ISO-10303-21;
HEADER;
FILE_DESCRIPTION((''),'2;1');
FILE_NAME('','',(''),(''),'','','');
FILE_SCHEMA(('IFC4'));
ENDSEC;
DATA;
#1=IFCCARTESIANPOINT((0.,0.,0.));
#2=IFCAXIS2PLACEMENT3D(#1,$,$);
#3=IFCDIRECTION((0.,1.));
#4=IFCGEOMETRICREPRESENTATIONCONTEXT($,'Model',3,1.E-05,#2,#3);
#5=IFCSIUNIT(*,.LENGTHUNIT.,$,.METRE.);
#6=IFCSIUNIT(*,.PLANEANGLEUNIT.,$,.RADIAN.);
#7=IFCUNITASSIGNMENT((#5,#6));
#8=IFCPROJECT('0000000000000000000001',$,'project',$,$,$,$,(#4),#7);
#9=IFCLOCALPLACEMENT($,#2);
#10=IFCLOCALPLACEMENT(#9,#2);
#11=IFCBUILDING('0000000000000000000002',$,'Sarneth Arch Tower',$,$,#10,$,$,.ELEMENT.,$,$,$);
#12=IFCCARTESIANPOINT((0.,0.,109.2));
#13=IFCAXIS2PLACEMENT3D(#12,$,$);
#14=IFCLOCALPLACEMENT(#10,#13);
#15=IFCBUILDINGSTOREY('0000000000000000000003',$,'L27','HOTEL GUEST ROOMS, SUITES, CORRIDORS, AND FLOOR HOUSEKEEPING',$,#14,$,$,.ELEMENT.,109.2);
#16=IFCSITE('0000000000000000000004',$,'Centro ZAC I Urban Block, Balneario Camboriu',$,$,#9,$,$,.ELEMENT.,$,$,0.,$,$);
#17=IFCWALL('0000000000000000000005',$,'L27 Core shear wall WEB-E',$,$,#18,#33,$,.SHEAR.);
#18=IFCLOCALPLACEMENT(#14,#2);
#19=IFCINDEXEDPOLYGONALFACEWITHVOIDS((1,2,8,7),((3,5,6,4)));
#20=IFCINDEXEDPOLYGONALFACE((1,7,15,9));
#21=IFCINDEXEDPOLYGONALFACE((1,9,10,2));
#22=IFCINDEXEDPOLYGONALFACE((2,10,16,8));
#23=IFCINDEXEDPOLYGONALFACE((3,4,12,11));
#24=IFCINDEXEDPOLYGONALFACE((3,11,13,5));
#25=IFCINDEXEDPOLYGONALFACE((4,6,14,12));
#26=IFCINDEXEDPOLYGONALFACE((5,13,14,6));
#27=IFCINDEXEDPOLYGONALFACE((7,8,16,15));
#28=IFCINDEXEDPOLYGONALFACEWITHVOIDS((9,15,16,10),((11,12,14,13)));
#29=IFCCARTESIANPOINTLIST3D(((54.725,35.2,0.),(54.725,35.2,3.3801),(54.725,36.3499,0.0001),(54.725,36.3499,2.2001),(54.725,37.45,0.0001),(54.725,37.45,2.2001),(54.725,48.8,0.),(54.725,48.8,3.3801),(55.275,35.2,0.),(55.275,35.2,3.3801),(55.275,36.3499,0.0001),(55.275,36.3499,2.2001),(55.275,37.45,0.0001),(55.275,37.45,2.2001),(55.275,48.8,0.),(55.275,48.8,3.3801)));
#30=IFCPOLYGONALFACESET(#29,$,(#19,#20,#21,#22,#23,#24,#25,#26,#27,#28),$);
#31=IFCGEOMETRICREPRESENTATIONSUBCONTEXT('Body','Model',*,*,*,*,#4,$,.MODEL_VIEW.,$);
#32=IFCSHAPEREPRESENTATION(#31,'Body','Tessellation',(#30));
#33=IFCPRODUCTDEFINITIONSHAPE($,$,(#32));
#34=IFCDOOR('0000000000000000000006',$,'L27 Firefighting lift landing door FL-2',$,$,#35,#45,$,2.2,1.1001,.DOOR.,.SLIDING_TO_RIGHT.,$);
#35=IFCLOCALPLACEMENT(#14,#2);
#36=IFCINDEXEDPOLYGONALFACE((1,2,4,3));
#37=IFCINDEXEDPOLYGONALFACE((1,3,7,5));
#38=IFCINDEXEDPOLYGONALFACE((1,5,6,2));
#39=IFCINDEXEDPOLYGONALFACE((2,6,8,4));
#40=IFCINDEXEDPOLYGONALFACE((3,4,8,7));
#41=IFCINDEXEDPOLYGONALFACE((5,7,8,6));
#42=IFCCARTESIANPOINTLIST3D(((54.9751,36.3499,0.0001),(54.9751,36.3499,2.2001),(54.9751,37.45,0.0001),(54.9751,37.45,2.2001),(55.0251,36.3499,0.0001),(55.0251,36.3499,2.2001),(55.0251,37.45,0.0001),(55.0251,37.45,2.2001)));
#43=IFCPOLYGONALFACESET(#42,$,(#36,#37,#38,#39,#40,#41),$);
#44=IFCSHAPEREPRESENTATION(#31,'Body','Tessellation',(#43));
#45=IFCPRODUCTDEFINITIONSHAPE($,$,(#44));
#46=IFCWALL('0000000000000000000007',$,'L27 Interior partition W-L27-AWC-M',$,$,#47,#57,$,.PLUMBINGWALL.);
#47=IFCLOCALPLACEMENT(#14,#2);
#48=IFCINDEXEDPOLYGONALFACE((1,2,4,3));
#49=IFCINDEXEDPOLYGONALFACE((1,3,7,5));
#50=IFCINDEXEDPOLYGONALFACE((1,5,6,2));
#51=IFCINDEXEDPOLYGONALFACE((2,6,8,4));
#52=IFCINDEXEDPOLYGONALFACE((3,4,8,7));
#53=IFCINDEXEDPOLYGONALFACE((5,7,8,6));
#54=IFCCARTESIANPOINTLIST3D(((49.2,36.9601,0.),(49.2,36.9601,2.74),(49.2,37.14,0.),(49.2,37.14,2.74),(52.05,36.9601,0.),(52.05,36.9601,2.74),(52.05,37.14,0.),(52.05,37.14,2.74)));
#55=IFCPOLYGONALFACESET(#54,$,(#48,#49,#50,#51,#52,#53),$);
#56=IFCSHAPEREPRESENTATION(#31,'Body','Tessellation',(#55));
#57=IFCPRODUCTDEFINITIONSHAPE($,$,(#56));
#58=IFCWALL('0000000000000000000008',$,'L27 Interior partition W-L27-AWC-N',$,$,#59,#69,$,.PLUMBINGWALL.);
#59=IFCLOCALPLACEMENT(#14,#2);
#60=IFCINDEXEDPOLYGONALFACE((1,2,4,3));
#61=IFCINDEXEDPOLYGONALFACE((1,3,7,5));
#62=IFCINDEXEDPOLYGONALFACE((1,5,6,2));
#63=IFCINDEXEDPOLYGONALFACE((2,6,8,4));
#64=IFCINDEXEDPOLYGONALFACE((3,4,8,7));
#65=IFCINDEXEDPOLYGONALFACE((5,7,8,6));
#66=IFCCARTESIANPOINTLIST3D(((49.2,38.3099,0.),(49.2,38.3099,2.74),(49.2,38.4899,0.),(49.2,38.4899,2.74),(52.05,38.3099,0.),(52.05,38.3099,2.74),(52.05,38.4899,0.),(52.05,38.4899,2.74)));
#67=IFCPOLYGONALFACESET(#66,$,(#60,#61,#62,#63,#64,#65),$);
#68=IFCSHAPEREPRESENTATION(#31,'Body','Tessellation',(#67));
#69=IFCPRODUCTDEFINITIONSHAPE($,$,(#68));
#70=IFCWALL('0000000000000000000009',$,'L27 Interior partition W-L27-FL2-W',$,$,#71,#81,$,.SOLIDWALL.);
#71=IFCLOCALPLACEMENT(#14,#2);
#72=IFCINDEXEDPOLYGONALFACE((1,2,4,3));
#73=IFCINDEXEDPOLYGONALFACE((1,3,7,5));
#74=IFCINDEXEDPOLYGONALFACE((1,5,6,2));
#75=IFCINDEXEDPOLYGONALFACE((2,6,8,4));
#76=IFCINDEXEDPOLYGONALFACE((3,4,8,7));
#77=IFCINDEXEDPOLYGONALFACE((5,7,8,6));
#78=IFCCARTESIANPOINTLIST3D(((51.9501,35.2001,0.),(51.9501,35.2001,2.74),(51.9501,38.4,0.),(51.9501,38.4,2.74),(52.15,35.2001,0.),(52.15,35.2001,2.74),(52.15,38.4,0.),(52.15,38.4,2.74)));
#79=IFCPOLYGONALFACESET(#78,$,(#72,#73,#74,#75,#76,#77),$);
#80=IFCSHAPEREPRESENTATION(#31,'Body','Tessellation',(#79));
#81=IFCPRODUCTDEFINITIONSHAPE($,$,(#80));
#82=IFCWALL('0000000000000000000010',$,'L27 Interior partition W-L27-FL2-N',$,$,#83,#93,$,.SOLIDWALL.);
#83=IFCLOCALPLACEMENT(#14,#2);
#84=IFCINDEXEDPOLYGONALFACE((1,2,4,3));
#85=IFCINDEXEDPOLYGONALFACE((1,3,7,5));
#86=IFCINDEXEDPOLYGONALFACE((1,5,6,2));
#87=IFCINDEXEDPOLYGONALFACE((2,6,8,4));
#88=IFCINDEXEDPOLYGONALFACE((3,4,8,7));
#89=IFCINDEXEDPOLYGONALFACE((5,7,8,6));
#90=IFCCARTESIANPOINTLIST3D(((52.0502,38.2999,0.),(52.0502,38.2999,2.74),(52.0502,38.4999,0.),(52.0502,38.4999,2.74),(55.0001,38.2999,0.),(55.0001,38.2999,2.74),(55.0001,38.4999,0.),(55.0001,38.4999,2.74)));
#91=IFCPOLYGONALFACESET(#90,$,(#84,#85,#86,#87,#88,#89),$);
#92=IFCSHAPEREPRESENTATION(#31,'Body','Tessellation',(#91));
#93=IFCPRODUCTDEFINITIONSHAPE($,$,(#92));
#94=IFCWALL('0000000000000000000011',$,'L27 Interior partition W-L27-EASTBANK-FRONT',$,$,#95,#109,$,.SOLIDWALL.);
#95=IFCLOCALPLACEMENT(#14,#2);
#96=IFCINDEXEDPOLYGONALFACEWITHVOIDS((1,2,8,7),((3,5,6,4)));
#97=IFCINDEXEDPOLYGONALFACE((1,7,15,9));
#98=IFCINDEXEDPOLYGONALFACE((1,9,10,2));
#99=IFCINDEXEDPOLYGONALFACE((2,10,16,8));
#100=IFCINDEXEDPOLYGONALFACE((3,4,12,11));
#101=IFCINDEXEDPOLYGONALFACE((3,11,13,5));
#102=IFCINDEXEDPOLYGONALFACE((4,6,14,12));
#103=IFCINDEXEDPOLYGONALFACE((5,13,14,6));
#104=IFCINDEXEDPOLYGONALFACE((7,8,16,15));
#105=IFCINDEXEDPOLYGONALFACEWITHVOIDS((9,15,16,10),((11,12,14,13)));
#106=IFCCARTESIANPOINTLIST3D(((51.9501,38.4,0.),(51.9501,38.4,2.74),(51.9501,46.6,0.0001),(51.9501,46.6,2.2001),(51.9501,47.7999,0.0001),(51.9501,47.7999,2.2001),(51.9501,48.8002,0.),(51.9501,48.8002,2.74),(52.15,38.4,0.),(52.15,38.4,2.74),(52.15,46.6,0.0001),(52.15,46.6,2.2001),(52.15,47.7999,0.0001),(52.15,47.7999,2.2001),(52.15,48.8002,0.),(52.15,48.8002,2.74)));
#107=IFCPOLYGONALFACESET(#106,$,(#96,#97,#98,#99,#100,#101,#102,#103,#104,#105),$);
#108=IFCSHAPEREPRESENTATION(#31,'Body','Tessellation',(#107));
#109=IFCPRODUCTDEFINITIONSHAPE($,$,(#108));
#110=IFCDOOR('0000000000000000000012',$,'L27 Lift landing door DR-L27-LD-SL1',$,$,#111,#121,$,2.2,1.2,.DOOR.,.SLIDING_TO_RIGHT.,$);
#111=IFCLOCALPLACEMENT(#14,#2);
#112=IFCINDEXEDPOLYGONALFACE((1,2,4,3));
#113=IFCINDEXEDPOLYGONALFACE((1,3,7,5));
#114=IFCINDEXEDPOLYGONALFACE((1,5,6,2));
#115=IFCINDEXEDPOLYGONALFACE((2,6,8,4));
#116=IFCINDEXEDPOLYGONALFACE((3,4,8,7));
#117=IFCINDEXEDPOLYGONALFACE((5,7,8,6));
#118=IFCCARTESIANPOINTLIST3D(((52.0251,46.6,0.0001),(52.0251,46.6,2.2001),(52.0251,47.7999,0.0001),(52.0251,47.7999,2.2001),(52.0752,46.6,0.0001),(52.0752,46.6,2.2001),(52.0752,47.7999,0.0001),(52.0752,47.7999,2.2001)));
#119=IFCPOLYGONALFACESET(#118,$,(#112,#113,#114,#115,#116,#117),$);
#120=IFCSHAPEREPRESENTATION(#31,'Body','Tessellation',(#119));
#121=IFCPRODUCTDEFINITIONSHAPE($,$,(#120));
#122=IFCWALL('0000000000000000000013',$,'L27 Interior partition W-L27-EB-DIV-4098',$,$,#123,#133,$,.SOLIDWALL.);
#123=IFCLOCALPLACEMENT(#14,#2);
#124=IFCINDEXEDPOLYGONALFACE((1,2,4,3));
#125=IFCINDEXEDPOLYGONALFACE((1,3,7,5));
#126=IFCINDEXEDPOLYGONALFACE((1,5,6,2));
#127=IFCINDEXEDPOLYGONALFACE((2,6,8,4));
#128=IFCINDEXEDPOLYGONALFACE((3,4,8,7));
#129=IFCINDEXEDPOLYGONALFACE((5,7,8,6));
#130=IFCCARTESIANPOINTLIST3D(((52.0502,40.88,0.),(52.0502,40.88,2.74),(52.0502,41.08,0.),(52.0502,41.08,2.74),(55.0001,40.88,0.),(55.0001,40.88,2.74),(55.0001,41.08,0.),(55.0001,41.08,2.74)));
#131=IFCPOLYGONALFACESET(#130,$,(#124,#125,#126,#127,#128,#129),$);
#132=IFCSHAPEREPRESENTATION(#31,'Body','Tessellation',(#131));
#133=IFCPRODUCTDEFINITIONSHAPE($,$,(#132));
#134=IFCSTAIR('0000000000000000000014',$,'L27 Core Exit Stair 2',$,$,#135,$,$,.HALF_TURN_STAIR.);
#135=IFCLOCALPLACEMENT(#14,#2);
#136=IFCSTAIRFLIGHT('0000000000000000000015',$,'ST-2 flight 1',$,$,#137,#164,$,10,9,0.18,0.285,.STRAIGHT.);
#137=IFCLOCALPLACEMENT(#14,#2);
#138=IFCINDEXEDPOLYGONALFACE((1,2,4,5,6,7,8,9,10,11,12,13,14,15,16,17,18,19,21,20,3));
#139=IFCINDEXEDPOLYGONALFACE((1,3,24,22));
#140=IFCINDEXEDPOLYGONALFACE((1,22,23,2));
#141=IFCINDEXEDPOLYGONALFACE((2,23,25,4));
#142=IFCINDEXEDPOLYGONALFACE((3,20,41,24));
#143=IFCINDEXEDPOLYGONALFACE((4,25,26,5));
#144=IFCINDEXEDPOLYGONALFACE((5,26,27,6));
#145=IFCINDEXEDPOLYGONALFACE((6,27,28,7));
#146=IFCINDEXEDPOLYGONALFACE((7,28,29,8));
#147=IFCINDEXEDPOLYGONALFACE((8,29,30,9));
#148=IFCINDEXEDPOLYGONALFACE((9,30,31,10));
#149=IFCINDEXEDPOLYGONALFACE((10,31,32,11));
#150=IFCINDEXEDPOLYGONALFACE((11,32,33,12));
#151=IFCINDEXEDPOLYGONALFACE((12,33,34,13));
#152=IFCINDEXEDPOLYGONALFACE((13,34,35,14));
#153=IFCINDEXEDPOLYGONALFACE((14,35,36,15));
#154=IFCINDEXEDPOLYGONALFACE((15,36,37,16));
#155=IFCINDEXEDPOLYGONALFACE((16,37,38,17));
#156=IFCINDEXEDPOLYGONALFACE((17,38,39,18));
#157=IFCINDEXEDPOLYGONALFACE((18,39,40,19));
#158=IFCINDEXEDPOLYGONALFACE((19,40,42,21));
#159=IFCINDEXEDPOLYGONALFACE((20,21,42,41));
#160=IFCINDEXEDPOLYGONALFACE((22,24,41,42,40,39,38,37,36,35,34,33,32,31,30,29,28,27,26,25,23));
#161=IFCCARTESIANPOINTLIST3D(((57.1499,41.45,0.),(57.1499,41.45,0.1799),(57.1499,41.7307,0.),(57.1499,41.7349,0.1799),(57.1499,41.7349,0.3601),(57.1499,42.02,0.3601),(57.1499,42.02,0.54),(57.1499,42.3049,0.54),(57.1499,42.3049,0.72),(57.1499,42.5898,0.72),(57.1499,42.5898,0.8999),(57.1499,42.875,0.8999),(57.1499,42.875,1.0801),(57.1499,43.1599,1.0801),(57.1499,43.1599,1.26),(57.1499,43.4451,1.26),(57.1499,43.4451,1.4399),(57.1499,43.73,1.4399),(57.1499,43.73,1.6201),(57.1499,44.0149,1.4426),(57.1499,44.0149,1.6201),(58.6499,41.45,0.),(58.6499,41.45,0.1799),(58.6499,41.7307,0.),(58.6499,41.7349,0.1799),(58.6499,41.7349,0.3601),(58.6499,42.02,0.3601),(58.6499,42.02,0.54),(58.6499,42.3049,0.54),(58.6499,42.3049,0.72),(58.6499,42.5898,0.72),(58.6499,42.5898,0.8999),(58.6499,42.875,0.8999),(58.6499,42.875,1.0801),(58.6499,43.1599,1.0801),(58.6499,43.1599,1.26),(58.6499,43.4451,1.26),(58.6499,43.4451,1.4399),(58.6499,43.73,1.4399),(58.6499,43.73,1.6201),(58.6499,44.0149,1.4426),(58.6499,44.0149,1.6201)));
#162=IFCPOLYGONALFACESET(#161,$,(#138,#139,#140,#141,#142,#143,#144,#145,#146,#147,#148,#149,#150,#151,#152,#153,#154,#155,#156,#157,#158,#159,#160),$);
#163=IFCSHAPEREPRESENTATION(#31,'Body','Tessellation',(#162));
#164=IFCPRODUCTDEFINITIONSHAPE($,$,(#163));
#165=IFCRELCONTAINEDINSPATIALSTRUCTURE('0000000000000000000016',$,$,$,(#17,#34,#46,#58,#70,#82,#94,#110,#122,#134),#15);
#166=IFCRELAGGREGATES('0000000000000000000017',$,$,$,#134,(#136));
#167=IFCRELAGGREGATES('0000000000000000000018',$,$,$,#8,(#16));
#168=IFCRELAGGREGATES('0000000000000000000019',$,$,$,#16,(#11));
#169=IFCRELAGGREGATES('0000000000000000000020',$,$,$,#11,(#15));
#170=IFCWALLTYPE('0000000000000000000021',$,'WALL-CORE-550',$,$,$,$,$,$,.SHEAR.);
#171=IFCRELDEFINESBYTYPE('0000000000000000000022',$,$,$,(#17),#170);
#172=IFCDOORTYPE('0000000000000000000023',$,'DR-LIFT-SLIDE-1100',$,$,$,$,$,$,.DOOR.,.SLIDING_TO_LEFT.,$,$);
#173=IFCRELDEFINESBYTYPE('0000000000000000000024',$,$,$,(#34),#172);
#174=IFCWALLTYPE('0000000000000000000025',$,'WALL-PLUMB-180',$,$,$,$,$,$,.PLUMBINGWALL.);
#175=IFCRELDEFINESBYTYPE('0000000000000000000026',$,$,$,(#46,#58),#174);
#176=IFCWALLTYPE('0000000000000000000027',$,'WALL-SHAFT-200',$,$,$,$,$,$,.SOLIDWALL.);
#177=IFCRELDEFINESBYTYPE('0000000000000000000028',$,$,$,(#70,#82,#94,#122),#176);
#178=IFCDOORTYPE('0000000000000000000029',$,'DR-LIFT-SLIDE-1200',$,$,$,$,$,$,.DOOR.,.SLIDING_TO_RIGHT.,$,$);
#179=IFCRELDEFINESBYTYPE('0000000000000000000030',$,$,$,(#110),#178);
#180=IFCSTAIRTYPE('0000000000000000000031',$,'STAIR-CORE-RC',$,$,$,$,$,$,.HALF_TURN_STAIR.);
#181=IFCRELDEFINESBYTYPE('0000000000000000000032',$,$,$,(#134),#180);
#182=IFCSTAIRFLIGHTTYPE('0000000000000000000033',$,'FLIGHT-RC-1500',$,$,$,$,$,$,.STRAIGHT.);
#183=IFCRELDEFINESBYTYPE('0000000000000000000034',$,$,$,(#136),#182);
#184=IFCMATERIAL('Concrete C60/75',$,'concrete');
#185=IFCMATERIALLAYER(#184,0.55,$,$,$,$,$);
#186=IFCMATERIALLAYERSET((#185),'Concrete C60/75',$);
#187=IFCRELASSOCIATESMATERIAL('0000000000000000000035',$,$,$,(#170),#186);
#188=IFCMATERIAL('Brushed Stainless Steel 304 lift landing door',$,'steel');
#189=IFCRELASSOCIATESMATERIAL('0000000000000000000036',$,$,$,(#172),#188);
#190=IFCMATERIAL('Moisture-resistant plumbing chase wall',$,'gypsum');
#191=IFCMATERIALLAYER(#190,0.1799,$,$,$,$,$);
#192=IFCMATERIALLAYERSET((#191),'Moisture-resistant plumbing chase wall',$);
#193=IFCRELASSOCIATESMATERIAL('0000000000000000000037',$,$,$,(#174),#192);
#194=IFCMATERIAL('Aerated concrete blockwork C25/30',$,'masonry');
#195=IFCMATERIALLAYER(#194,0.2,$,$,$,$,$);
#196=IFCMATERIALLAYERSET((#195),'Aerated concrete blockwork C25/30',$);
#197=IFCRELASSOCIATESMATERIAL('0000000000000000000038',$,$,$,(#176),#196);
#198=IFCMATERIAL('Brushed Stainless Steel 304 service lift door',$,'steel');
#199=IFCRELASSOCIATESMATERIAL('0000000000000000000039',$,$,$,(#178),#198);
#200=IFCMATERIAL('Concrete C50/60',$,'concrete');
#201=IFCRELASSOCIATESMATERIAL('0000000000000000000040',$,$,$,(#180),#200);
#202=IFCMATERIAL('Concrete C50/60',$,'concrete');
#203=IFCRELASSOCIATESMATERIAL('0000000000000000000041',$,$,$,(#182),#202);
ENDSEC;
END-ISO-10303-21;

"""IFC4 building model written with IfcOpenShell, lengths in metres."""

from ifc_helpers import new_model, si_unit, direction, frame, frame_2d, origin, place, context, subcontext, project, spatial, polyline, rectangle, outline, extrude, material, layer, layer_set, type_object, element, fill, aggregate, save


model = new_model("IFC4")

# Units and contexts
model_context = context("Model", 3, precision=1e-05, world=origin(), true_north=direction((0.0, 1.0)))
body_context = subcontext(model_context, "Body", "Model", "MODEL_VIEW")
ifc_project = project(units=[si_unit("LENGTHUNIT", "METRE"), si_unit("PLANEANGLEUNIT", "RADIAN")], contexts=[model_context])

# Site, building, storey
site_placement = place(None, origin())
site = spatial("IfcSite", under=ifc_project, at=site_placement, Name="Centro ZAC I Urban Block, Balneario Camboriu", CompositionType="ELEMENT", RefElevation=0.0)
building_placement = place(site_placement, origin())
building = spatial("IfcBuilding", under=site, at=building_placement, Name="Sarneth Arch Tower", CompositionType="ELEMENT")
storey_placement = place(building_placement, frame((0.0, 0.0, 109.2)))
storey = spatial("IfcBuildingStorey", under=building, at=storey_placement, Name="L27", Description="HOTEL GUEST ROOMS, SUITES, CORRIDORS, AND FLOOR HOUSEKEEPING", CompositionType="ELEMENT", Elevation=109.2)

# Shared definitions
ifc_material_1 = material(Name="Concrete C60/75", Category="concrete")
ifc_layer_1 = layer(ifc_material_1, 0.55)
ifc_layer_set_1 = layer_set([ifc_layer_1], Name="Concrete C60/75")
wall_type_1 = type_object("IfcWallType", Name="WALL-CORE-550", PredefinedType="SHEAR", material=ifc_layer_set_1)

# Wall, opening, door
wall_1_placement = place(storey_placement, frame((55.0, 35.2, 0.0), z_axis=(0.0, 0.0, 1.0), x_axis=(0.0, 1.0, 0.0)))
wall_1 = element("IfcWall", 1, at=wall_1_placement, inside=storey, type_object=wall_type_1, Name="L27 Core shear wall WEB-E", PredefinedType="SHEAR", context=body_context, shape_type="SweptSolid", body=[
    extrude(rectangle(XDim=13.6001, YDim=0.55, at=frame_2d((6.8, 0.0))), origin(), (0.0, 0.0, 1.0), 3.3801),
])
opening_1_placement = place(wall_1_placement, frame((1.1499, 0.0, 0.0)))
opening_1 = element("IfcOpeningElement", 2, at=opening_1_placement, cuts=wall_1, PredefinedType="OPENING", context=body_context, shape_type="SweptSolid", body=[
    extrude(rectangle(XDim=1.1001, YDim=2.2, at=frame_2d((0.55, 1.1001))), frame((0.0, 0.2849, 0.0), z_axis=(0.0, -1.0, 0.0), x_axis=(1.0, 0.0, 0.0)), (0.0, 0.0, 1.0), 0.5701),
])
ifc_material_2 = material(Name="Brushed Stainless Steel 304 lift landing door", Category="steel")
door_type_1 = type_object("IfcDoorType", Name="DR-LIFT-SLIDE-1100", OperationType="SLIDING_TO_LEFT", PredefinedType="DOOR", material=ifc_material_2)
door_1_placement = place(opening_1_placement, origin())
door_1 = element("IfcDoor", 3, at=door_1_placement, inside=storey, type_object=door_type_1, Name="L27 Firefighting lift landing door FL-2", OperationType="SLIDING_TO_RIGHT", OverallHeight=2.2, OverallWidth=1.1001, PredefinedType="DOOR", context=body_context, shape_type="SweptSolid", body=[
    extrude(rectangle(XDim=1.1001, YDim=2.2, at=frame_2d((0.55, 1.1001))), frame((0.0, 0.0249, 0.0), z_axis=(0.0, -1.0, 0.0), x_axis=(1.0, 0.0, 0.0)), (0.0, 0.0, 1.0), 0.05),
])
fill(opening_1, door_1)

# Walls
ifc_material_3 = material(Name="Moisture-resistant plumbing chase wall", Category="gypsum")
ifc_layer_2 = layer(ifc_material_3, 0.1799)
ifc_layer_set_2 = layer_set([ifc_layer_2], Name="Moisture-resistant plumbing chase wall")
wall_type_2 = type_object("IfcWallType", Name="WALL-PLUMB-180", PredefinedType="PLUMBINGWALL", material=ifc_layer_set_2)
for number, where, z_axis, x_axis, name in (
    (4, (49.2, 37.05, 0.0), (0.0, 0.0, 1.0), (1.0, 0.0, 0.0), "L27 Interior partition W-L27-AWC-M"),
    (5, (49.2, 38.3999, 0.0), (0.0, 0.0, 1.0), (1.0, 0.0, 0.0), "L27 Interior partition W-L27-AWC-N"),
):
    element("IfcWall", number, at=place(storey_placement, frame(where, z_axis=z_axis, x_axis=x_axis)), inside=storey, type_object=wall_type_2, Name=name, PredefinedType="PLUMBINGWALL", context=body_context, shape_type="SweptSolid", body=[
        extrude(rectangle(XDim=2.8501, YDim=0.1799, at=frame_2d((1.425, 0.0))), origin(), (0.0, 0.0, 1.0), 2.74),
    ])

# Shared definitions
ifc_material_4 = material(Name="Aerated concrete blockwork C25/30", Category="masonry")
ifc_layer_3 = layer(ifc_material_4, 0.2)
ifc_layer_set_3 = layer_set([ifc_layer_3], Name="Aerated concrete blockwork C25/30")
wall_type_3 = type_object("IfcWallType", Name="WALL-SHAFT-200", PredefinedType="SOLIDWALL", material=ifc_layer_set_3)

# Walls
wall_2_placement = place(storey_placement, frame((52.05, 35.2, 0.0), z_axis=(0.0, 0.0, 1.0), x_axis=(0.0, 1.0, 0.0)))
element("IfcWall", 6, at=wall_2_placement, inside=storey, type_object=wall_type_3, Name="L27 Interior partition W-L27-FL2-W", PredefinedType="SOLIDWALL", context=body_context, shape_type="SweptSolid", body=[
    extrude(rectangle(XDim=3.2, YDim=0.2, at=frame_2d((1.6001, 0.0))), origin(), (0.0, 0.0, 1.0), 2.74),
])
wall_3_placement = place(storey_placement, frame((52.05, 38.3999, 0.0), z_axis=(0.0, 0.0, 1.0), x_axis=(1.0, 0.0, 0.0)))
element("IfcWall", 7, at=wall_3_placement, inside=storey, type_object=wall_type_3, Name="L27 Interior partition W-L27-FL2-N", PredefinedType="SOLIDWALL", context=body_context, shape_type="SweptSolid", body=[
    extrude(rectangle(XDim=2.95, YDim=0.2, at=frame_2d((1.4751, 0.0))), origin(), (0.0, 0.0, 1.0), 2.74),
])

# Wall, opening, door
wall_4_placement = place(storey_placement, frame((52.05, 38.3999, 0.0), z_axis=(0.0, 0.0, 1.0), x_axis=(0.0, 1.0, 0.0)))
wall_4 = element("IfcWall", 8, at=wall_4_placement, inside=storey, type_object=wall_type_3, Name="L27 Interior partition W-L27-EASTBANK-FRONT", PredefinedType="SOLIDWALL", context=body_context, shape_type="SweptSolid", body=[
    extrude(rectangle(XDim=10.4001, YDim=0.2, at=frame_2d((5.2002, 0.0))), origin(), (0.0, 0.0, 1.0), 2.74),
])
opening_2_placement = place(wall_4_placement, frame((8.2, 0.0, 0.0)))
opening_2 = element("IfcOpeningElement", 9, at=opening_2_placement, cuts=wall_4, PredefinedType="OPENING", context=body_context, shape_type="SweptSolid", body=[
    extrude(rectangle(XDim=1.2, YDim=2.2, at=frame_2d((0.6001, 1.1001))), frame((0.0, 0.1099, 0.0), z_axis=(0.0, -1.0, 0.0), x_axis=(1.0, 0.0, 0.0)), (0.0, 0.0, 1.0), 0.22),
])
ifc_material_5 = material(Name="Brushed Stainless Steel 304 service lift door", Category="steel")
door_type_2 = type_object("IfcDoorType", Name="DR-LIFT-SLIDE-1200", OperationType="SLIDING_TO_RIGHT", PredefinedType="DOOR", material=ifc_material_5)
door_2_placement = place(opening_2_placement, origin())
door_2 = element("IfcDoor", 10, at=door_2_placement, inside=storey, type_object=door_type_2, Name="L27 Lift landing door DR-L27-LD-SL1", OperationType="SLIDING_TO_RIGHT", OverallHeight=2.2, OverallWidth=1.2, PredefinedType="DOOR", context=body_context, shape_type="SweptSolid", body=[
    extrude(rectangle(XDim=1.2, YDim=2.2, at=frame_2d((0.6001, 1.1001))), frame((0.0, 0.0249, 0.0), z_axis=(0.0, -1.0, 0.0), x_axis=(1.0, 0.0, 0.0)), (0.0, 0.0, 1.0), 0.05),
])
fill(opening_2, door_2)

# Wall
wall_5_placement = place(storey_placement, frame((52.05, 40.98, 0.0), z_axis=(0.0, 0.0, 1.0), x_axis=(1.0, 0.0, 0.0)))
element("IfcWall", 11, at=wall_5_placement, inside=storey, type_object=wall_type_3, Name="L27 Interior partition W-L27-EB-DIV-4098", PredefinedType="SOLIDWALL", context=body_context, shape_type="SweptSolid", body=[
    extrude(rectangle(XDim=2.95, YDim=0.2, at=frame_2d((1.4751, 0.0))), origin(), (0.0, 0.0, 1.0), 2.74),
])

# Stair, stair flight
ifc_material_6 = material(Name="Concrete C50/60", Category="concrete")
stair_type = type_object("IfcStairType", Name="STAIR-CORE-RC", PredefinedType="HALF_TURN_STAIR", material=ifc_material_6)
stair_placement = place(storey_placement, origin())
stair = element("IfcStair", 12, at=stair_placement, inside=storey, type_object=stair_type, Name="L27 Core Exit Stair 2", PredefinedType="HALF_TURN_STAIR")
ifc_material_7 = material(Name="Concrete C50/60", Category="concrete")
stair_flight_type = type_object("IfcStairFlightType", Name="FLIGHT-RC-1500", PredefinedType="STRAIGHT", material=ifc_material_7)
stair_flight_placement = place(storey_placement, frame((57.8999, 41.45, 0.0), z_axis=(0.0, 0.0, 1.0), x_axis=(0.0, 1.0, 0.0)))
stair_flight = element("IfcStairFlight", 13, at=stair_flight_placement, type_object=stair_flight_type, Name="ST-2 flight 1", NumberOfRisers=10, NumberOfTreads=9, PredefinedType="STRAIGHT", RiserHeight=0.18, TreadLength=0.285, context=body_context, shape_type="SweptSolid", body=[
    extrude(outline(polyline([(0.0, 0.0), (0.0, 0.1799), (0.2849, 0.1799), (0.2849, 0.3601), (0.5701, 0.3601), (0.5701, 0.54), (0.855, 0.54), (0.855, 0.72), (1.1399, 0.72), (1.1399, 0.8999), (1.425, 0.8999), (1.425, 1.0801), (1.71, 1.0801), (1.71, 1.26), (1.9951, 1.26), (1.9951, 1.4399), (2.28, 1.4399), (2.28, 1.6201), (2.5649, 1.6201), (2.5649, 1.8), (2.5649, 1.4426), (0.2808, 0.0), (0.0, 0.0)])), frame((0.0, 0.75, 0.0), z_axis=(0.0, -1.0, 0.0), x_axis=(1.0, 0.0, 0.0)), (0.0, 0.0, 1.0), 1.5),
])
aggregate(stair, [stair_flight])

save(model, "model.ifc")
